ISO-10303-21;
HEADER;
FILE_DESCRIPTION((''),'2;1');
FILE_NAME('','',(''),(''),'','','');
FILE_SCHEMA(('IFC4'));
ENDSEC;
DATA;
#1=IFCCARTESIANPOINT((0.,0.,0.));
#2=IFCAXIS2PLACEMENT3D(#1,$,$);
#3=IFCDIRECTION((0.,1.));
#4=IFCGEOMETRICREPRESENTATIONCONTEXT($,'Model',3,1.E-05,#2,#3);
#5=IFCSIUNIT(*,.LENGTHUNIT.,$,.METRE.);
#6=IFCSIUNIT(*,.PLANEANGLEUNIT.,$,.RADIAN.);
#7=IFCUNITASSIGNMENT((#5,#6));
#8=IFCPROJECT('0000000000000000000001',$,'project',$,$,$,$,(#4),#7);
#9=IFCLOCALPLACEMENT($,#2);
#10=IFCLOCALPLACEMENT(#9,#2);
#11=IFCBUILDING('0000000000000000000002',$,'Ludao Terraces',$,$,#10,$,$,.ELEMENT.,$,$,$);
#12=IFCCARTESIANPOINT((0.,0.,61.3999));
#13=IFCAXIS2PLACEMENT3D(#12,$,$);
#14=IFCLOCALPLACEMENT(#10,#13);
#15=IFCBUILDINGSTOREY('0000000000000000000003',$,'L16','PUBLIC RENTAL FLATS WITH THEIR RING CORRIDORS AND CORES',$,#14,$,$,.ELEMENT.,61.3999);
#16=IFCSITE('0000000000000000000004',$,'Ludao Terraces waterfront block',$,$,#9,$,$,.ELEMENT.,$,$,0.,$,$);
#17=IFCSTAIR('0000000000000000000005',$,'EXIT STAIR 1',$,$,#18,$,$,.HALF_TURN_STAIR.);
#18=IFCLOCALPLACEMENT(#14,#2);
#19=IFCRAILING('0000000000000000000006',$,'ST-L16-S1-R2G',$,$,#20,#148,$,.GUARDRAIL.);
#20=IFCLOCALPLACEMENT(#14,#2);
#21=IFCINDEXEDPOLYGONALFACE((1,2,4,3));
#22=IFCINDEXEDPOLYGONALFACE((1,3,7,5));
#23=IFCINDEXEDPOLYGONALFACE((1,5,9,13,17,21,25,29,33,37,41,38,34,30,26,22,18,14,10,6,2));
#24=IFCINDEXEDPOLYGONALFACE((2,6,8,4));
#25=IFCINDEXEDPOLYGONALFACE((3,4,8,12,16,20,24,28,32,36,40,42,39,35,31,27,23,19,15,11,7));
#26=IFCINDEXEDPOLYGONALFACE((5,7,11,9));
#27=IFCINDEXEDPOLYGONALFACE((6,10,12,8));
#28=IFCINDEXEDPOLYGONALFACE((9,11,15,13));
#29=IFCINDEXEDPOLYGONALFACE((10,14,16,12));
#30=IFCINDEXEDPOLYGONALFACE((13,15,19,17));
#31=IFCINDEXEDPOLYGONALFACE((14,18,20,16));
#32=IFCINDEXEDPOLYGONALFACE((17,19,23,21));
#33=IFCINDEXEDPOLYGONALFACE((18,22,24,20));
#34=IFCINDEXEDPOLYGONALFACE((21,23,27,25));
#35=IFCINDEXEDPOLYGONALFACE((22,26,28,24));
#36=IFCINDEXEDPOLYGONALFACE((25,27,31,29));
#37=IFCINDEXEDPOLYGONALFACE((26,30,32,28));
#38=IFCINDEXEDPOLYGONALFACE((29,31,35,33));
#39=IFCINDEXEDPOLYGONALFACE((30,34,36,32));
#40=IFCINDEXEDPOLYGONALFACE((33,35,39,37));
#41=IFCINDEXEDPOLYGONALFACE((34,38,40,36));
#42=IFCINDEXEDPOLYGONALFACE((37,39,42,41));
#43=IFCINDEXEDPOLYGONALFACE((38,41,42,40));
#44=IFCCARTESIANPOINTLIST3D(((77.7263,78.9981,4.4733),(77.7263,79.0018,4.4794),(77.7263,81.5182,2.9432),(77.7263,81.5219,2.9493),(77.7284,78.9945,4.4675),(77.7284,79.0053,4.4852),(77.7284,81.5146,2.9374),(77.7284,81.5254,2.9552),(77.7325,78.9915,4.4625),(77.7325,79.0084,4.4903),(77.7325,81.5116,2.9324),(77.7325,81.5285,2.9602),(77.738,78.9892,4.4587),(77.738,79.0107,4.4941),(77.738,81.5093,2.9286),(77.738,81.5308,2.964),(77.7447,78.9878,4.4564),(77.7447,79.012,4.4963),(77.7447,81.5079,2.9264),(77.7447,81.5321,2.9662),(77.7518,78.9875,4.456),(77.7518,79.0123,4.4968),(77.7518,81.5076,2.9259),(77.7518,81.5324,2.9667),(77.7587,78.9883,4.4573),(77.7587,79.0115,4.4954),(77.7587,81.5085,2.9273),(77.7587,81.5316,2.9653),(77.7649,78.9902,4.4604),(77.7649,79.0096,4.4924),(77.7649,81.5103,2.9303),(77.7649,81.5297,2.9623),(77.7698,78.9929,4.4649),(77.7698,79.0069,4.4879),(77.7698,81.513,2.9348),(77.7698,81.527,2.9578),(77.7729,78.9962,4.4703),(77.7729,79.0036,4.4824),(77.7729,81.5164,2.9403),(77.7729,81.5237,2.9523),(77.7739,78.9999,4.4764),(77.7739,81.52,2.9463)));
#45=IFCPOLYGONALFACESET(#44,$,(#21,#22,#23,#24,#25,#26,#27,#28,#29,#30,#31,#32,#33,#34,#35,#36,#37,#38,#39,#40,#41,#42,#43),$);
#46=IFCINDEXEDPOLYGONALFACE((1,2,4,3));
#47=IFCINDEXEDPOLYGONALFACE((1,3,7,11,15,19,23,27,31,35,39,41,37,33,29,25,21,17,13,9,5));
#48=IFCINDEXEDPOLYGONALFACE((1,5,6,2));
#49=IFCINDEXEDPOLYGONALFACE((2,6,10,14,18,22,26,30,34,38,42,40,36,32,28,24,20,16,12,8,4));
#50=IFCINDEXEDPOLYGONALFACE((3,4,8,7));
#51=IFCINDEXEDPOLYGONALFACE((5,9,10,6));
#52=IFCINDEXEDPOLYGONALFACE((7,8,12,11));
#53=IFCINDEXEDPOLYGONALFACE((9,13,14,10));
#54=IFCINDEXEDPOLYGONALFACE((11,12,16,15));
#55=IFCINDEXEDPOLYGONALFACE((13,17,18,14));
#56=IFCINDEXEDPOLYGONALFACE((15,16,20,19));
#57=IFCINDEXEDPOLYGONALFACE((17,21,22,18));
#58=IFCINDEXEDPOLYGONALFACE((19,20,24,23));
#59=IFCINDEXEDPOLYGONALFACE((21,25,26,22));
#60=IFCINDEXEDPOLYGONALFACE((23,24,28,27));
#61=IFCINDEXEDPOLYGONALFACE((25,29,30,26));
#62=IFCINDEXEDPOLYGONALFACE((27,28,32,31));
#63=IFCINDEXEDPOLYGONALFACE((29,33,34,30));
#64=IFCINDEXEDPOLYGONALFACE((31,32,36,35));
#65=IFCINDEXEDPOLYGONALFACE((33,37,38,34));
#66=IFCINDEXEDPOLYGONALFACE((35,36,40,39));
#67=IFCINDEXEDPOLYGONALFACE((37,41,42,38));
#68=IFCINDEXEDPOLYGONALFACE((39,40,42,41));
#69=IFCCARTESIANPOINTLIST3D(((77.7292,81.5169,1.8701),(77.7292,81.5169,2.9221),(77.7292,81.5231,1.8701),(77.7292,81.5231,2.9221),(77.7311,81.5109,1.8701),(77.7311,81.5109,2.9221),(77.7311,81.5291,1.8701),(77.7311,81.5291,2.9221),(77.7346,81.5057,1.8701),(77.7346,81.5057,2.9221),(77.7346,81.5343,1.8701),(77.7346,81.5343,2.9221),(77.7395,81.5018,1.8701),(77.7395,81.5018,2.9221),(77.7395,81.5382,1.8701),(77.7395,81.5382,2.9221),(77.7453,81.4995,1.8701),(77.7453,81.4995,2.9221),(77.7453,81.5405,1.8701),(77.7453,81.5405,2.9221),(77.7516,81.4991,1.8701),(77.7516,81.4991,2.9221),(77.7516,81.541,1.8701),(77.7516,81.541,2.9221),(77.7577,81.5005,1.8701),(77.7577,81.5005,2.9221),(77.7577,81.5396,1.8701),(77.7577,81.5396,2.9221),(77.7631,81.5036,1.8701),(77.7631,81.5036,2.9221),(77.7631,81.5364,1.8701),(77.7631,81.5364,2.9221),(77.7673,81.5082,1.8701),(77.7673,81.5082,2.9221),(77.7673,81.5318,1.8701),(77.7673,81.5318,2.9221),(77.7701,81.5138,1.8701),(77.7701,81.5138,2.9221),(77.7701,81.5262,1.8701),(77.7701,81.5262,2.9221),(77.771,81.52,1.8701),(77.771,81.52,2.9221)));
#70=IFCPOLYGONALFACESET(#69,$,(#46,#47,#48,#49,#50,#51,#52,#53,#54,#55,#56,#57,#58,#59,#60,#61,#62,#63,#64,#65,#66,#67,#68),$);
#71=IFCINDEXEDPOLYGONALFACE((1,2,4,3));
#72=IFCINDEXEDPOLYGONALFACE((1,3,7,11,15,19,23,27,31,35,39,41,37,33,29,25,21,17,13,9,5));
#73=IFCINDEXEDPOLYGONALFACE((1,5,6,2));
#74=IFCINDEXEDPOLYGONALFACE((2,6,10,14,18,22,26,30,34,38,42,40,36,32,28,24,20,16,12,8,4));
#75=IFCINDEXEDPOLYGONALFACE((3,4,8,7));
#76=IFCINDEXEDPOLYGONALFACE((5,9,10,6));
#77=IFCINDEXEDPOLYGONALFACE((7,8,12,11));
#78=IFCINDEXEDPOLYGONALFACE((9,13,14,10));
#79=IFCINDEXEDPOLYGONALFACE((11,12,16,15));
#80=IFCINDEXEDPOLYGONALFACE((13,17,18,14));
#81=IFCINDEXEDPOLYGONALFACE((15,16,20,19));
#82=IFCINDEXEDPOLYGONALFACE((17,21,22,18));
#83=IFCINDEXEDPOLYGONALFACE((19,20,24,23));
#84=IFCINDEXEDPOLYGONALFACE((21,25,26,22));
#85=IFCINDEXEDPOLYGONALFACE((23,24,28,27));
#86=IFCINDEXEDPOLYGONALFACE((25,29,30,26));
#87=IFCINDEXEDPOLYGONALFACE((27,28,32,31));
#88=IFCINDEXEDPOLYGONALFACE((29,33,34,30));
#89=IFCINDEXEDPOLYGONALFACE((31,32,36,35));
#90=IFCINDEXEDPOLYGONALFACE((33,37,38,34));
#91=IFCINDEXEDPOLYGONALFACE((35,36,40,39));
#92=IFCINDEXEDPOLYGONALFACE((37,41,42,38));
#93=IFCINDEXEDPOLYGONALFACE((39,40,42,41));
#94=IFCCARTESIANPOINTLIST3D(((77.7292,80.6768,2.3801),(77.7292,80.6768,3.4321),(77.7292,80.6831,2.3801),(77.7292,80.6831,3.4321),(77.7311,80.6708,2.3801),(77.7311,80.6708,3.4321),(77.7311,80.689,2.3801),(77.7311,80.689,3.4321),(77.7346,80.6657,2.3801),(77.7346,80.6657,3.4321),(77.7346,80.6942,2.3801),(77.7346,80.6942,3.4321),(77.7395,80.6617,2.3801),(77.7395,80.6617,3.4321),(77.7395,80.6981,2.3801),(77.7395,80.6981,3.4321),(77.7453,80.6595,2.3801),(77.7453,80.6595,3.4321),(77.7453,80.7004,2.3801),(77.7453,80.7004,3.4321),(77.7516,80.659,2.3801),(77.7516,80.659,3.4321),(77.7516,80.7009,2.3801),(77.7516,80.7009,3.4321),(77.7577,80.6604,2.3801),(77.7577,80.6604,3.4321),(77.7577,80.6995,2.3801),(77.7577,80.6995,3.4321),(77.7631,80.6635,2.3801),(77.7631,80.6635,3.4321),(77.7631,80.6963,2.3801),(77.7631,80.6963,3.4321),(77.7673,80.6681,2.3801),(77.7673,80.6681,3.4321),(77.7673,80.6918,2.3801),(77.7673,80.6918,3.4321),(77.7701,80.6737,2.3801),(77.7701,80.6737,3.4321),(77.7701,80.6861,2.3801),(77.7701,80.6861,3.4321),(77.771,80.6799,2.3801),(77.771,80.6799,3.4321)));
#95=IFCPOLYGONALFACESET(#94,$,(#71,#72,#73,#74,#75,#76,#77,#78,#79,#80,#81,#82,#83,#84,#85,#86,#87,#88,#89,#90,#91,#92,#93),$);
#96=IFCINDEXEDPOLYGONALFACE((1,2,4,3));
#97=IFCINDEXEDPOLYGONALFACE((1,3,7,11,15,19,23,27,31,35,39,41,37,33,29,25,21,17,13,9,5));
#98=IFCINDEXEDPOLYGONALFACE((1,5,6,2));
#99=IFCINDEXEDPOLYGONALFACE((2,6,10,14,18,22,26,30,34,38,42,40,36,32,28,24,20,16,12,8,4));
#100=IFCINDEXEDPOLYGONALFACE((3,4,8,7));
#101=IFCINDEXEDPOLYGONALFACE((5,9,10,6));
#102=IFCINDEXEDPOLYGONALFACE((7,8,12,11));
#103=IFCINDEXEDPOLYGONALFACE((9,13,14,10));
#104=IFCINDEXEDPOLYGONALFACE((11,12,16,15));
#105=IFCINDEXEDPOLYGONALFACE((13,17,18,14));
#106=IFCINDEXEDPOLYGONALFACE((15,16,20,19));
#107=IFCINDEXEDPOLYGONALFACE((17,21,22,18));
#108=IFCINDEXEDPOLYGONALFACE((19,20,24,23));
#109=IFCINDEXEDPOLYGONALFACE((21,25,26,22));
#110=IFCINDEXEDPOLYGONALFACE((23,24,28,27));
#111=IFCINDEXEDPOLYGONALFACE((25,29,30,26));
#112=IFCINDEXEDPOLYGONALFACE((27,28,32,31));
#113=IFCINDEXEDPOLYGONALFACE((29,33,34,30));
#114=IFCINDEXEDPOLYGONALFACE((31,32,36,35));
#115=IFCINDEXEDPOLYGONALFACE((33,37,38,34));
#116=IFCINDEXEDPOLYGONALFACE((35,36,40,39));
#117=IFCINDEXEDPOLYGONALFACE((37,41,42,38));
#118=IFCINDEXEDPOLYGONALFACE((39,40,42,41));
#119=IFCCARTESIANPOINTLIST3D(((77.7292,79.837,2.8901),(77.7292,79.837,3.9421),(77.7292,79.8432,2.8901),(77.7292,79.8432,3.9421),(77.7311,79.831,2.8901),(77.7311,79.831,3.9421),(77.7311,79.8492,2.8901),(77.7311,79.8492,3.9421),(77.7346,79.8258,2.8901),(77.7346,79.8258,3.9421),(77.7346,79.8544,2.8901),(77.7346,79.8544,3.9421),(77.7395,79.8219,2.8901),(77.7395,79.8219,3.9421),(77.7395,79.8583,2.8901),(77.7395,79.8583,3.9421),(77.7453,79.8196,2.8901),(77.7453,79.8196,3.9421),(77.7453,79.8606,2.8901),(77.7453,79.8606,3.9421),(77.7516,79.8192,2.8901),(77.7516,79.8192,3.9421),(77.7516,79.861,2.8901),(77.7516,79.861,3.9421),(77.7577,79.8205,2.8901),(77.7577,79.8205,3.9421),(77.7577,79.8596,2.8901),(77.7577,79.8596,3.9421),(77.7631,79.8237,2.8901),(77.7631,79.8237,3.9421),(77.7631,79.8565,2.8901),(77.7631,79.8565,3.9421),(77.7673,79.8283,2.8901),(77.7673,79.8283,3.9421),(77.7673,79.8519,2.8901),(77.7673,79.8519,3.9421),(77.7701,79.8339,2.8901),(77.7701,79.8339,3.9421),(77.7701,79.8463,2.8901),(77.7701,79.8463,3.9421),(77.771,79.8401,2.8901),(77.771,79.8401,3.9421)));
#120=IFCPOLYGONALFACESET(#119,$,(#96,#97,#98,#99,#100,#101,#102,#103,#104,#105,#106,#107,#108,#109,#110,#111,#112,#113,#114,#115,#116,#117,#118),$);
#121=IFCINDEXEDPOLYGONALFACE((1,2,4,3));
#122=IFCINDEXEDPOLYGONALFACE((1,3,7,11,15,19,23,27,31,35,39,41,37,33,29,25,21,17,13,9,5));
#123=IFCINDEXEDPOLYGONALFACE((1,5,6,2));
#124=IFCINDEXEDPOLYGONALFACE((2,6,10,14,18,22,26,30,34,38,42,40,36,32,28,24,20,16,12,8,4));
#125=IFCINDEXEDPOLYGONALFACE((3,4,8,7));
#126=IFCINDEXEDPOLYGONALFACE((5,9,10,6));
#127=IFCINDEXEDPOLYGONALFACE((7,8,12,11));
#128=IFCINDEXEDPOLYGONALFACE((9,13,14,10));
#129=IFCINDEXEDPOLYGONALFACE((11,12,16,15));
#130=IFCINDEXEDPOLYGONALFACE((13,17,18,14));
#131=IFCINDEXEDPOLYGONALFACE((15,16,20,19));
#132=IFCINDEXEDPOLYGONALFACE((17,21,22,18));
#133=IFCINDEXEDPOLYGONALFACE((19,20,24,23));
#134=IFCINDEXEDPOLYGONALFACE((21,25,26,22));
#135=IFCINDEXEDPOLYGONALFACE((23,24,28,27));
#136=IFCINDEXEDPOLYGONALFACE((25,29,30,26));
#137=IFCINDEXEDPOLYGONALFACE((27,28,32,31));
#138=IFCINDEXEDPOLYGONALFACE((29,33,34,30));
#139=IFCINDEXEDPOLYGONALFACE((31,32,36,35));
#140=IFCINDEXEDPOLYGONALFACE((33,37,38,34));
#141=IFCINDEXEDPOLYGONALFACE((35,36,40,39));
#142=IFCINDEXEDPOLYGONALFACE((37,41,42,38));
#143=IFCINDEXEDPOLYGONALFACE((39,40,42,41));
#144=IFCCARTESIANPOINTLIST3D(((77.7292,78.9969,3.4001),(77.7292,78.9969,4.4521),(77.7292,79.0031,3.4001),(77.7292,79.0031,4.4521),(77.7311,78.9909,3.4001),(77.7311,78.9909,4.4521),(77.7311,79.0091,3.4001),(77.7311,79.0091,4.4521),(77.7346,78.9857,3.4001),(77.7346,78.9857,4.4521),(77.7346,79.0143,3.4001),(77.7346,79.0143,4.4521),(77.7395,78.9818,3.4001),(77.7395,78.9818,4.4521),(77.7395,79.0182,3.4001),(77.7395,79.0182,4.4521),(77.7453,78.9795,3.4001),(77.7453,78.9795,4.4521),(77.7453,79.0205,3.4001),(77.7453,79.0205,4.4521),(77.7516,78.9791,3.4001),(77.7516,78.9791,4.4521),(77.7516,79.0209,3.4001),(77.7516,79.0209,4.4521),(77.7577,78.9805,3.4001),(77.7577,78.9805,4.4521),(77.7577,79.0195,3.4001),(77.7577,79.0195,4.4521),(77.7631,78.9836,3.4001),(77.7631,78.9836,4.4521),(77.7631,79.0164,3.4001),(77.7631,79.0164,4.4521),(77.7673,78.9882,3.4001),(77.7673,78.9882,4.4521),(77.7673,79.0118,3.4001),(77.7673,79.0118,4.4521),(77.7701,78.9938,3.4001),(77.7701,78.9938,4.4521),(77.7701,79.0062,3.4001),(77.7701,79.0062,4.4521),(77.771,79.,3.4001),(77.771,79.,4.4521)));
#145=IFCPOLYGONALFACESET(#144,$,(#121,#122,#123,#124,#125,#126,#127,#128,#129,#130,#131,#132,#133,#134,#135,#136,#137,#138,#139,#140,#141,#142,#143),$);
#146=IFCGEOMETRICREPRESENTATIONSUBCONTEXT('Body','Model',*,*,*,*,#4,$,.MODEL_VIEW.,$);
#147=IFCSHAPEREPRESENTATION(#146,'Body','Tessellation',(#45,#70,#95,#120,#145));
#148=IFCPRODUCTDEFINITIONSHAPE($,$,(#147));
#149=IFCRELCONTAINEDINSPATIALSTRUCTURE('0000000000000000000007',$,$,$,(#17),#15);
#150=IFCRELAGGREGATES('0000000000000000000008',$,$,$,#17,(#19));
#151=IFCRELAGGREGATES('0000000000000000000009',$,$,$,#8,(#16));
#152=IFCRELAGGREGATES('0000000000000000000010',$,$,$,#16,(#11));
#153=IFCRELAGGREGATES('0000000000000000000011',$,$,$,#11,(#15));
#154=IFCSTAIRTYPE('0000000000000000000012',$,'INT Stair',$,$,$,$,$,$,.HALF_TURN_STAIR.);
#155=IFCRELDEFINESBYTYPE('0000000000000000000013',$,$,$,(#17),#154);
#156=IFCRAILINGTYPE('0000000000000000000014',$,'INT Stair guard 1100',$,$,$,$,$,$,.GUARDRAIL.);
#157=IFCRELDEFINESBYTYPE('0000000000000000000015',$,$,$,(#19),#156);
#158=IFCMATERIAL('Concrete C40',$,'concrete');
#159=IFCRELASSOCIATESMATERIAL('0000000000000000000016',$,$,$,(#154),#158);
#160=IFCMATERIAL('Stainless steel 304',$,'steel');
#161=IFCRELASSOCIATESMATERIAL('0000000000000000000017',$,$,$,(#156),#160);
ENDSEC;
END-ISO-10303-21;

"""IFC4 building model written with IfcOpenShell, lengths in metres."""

from ifc_helpers import new_model, si_unit, direction, frame, origin, origin_2d, place, context, subcontext, project, spatial, circle, extrude, material, type_object, element, aggregate, save


model = new_model("IFC4")

# Units and contexts
model_context = context("Model", 3, precision=1e-05, world=origin(), true_north=direction((0.0, 1.0)))
body_context = subcontext(model_context, "Body", "Model", "MODEL_VIEW")
ifc_project = project(units=[si_unit("LENGTHUNIT", "METRE"), si_unit("PLANEANGLEUNIT", "RADIAN")], contexts=[model_context])

# Site, building, storey
site_placement = place(None, origin())
site = spatial("IfcSite", under=ifc_project, at=site_placement, Name="Ludao Terraces waterfront block", CompositionType="ELEMENT", RefElevation=0.0)
building_placement = place(site_placement, origin())
building = spatial("IfcBuilding", under=site, at=building_placement, Name="Ludao Terraces", CompositionType="ELEMENT")
storey_placement = place(building_placement, frame((0.0, 0.0, 61.3999)))
storey = spatial("IfcBuildingStorey", under=building, at=storey_placement, Name="L16", Description="PUBLIC RENTAL FLATS WITH THEIR RING CORRIDORS AND CORES", CompositionType="ELEMENT", Elevation=61.3999)

# Stair, railing
ifc_material_1 = material(Name="Concrete C40", Category="concrete")
stair_type = type_object("IfcStairType", Name="INT Stair", PredefinedType="HALF_TURN_STAIR", material=ifc_material_1)
stair_placement = place(storey_placement, origin())
stair = element("IfcStair", 1, at=stair_placement, inside=storey, type_object=stair_type, Name="EXIT STAIR 1", PredefinedType="HALF_TURN_STAIR")
ifc_material_2 = material(Name="Stainless steel 304", Category="steel")
railing_type_1 = type_object("IfcRailingType", Name="INT Stair guard 1100", PredefinedType="GUARDRAIL", material=ifc_material_2)
railing_1_placement = place(storey_placement, frame((77.75, 81.52, 1.8701)))
railing_1 = element("IfcRailing", 2, at=railing_1_placement, type_object=railing_type_1, Name="ST-L16-S1-R2G", PredefinedType="GUARDRAIL", context=body_context, shape_type="SweptSolid", body=[
    extrude(circle(Radius=0.0239, at=origin_2d()), frame((0.0, 0.0, 1.0762), z_axis=(0.0, -0.854785, 0.518982), x_axis=(1.0, 0.0, 0.0)), (0.0, 0.0, 1.0), 2.9482),
    extrude(circle(Radius=0.021, at=origin_2d()), origin(), (0.0, 0.0, 1.0), 1.052),
    extrude(circle(Radius=0.021, at=origin_2d()), frame((0.0, -0.8401, 0.51)), (0.0, 0.0, 1.0), 1.052),
    extrude(circle(Radius=0.021, at=origin_2d()), frame((0.0, -1.6799, 1.02)), (0.0, 0.0, 1.0), 1.052),
    extrude(circle(Radius=0.021, at=origin_2d()), frame((0.0, -2.52, 1.53)), (0.0, 0.0, 1.0), 1.052),
])
aggregate(stair, [railing_1])

save(model, "model.ifc")
